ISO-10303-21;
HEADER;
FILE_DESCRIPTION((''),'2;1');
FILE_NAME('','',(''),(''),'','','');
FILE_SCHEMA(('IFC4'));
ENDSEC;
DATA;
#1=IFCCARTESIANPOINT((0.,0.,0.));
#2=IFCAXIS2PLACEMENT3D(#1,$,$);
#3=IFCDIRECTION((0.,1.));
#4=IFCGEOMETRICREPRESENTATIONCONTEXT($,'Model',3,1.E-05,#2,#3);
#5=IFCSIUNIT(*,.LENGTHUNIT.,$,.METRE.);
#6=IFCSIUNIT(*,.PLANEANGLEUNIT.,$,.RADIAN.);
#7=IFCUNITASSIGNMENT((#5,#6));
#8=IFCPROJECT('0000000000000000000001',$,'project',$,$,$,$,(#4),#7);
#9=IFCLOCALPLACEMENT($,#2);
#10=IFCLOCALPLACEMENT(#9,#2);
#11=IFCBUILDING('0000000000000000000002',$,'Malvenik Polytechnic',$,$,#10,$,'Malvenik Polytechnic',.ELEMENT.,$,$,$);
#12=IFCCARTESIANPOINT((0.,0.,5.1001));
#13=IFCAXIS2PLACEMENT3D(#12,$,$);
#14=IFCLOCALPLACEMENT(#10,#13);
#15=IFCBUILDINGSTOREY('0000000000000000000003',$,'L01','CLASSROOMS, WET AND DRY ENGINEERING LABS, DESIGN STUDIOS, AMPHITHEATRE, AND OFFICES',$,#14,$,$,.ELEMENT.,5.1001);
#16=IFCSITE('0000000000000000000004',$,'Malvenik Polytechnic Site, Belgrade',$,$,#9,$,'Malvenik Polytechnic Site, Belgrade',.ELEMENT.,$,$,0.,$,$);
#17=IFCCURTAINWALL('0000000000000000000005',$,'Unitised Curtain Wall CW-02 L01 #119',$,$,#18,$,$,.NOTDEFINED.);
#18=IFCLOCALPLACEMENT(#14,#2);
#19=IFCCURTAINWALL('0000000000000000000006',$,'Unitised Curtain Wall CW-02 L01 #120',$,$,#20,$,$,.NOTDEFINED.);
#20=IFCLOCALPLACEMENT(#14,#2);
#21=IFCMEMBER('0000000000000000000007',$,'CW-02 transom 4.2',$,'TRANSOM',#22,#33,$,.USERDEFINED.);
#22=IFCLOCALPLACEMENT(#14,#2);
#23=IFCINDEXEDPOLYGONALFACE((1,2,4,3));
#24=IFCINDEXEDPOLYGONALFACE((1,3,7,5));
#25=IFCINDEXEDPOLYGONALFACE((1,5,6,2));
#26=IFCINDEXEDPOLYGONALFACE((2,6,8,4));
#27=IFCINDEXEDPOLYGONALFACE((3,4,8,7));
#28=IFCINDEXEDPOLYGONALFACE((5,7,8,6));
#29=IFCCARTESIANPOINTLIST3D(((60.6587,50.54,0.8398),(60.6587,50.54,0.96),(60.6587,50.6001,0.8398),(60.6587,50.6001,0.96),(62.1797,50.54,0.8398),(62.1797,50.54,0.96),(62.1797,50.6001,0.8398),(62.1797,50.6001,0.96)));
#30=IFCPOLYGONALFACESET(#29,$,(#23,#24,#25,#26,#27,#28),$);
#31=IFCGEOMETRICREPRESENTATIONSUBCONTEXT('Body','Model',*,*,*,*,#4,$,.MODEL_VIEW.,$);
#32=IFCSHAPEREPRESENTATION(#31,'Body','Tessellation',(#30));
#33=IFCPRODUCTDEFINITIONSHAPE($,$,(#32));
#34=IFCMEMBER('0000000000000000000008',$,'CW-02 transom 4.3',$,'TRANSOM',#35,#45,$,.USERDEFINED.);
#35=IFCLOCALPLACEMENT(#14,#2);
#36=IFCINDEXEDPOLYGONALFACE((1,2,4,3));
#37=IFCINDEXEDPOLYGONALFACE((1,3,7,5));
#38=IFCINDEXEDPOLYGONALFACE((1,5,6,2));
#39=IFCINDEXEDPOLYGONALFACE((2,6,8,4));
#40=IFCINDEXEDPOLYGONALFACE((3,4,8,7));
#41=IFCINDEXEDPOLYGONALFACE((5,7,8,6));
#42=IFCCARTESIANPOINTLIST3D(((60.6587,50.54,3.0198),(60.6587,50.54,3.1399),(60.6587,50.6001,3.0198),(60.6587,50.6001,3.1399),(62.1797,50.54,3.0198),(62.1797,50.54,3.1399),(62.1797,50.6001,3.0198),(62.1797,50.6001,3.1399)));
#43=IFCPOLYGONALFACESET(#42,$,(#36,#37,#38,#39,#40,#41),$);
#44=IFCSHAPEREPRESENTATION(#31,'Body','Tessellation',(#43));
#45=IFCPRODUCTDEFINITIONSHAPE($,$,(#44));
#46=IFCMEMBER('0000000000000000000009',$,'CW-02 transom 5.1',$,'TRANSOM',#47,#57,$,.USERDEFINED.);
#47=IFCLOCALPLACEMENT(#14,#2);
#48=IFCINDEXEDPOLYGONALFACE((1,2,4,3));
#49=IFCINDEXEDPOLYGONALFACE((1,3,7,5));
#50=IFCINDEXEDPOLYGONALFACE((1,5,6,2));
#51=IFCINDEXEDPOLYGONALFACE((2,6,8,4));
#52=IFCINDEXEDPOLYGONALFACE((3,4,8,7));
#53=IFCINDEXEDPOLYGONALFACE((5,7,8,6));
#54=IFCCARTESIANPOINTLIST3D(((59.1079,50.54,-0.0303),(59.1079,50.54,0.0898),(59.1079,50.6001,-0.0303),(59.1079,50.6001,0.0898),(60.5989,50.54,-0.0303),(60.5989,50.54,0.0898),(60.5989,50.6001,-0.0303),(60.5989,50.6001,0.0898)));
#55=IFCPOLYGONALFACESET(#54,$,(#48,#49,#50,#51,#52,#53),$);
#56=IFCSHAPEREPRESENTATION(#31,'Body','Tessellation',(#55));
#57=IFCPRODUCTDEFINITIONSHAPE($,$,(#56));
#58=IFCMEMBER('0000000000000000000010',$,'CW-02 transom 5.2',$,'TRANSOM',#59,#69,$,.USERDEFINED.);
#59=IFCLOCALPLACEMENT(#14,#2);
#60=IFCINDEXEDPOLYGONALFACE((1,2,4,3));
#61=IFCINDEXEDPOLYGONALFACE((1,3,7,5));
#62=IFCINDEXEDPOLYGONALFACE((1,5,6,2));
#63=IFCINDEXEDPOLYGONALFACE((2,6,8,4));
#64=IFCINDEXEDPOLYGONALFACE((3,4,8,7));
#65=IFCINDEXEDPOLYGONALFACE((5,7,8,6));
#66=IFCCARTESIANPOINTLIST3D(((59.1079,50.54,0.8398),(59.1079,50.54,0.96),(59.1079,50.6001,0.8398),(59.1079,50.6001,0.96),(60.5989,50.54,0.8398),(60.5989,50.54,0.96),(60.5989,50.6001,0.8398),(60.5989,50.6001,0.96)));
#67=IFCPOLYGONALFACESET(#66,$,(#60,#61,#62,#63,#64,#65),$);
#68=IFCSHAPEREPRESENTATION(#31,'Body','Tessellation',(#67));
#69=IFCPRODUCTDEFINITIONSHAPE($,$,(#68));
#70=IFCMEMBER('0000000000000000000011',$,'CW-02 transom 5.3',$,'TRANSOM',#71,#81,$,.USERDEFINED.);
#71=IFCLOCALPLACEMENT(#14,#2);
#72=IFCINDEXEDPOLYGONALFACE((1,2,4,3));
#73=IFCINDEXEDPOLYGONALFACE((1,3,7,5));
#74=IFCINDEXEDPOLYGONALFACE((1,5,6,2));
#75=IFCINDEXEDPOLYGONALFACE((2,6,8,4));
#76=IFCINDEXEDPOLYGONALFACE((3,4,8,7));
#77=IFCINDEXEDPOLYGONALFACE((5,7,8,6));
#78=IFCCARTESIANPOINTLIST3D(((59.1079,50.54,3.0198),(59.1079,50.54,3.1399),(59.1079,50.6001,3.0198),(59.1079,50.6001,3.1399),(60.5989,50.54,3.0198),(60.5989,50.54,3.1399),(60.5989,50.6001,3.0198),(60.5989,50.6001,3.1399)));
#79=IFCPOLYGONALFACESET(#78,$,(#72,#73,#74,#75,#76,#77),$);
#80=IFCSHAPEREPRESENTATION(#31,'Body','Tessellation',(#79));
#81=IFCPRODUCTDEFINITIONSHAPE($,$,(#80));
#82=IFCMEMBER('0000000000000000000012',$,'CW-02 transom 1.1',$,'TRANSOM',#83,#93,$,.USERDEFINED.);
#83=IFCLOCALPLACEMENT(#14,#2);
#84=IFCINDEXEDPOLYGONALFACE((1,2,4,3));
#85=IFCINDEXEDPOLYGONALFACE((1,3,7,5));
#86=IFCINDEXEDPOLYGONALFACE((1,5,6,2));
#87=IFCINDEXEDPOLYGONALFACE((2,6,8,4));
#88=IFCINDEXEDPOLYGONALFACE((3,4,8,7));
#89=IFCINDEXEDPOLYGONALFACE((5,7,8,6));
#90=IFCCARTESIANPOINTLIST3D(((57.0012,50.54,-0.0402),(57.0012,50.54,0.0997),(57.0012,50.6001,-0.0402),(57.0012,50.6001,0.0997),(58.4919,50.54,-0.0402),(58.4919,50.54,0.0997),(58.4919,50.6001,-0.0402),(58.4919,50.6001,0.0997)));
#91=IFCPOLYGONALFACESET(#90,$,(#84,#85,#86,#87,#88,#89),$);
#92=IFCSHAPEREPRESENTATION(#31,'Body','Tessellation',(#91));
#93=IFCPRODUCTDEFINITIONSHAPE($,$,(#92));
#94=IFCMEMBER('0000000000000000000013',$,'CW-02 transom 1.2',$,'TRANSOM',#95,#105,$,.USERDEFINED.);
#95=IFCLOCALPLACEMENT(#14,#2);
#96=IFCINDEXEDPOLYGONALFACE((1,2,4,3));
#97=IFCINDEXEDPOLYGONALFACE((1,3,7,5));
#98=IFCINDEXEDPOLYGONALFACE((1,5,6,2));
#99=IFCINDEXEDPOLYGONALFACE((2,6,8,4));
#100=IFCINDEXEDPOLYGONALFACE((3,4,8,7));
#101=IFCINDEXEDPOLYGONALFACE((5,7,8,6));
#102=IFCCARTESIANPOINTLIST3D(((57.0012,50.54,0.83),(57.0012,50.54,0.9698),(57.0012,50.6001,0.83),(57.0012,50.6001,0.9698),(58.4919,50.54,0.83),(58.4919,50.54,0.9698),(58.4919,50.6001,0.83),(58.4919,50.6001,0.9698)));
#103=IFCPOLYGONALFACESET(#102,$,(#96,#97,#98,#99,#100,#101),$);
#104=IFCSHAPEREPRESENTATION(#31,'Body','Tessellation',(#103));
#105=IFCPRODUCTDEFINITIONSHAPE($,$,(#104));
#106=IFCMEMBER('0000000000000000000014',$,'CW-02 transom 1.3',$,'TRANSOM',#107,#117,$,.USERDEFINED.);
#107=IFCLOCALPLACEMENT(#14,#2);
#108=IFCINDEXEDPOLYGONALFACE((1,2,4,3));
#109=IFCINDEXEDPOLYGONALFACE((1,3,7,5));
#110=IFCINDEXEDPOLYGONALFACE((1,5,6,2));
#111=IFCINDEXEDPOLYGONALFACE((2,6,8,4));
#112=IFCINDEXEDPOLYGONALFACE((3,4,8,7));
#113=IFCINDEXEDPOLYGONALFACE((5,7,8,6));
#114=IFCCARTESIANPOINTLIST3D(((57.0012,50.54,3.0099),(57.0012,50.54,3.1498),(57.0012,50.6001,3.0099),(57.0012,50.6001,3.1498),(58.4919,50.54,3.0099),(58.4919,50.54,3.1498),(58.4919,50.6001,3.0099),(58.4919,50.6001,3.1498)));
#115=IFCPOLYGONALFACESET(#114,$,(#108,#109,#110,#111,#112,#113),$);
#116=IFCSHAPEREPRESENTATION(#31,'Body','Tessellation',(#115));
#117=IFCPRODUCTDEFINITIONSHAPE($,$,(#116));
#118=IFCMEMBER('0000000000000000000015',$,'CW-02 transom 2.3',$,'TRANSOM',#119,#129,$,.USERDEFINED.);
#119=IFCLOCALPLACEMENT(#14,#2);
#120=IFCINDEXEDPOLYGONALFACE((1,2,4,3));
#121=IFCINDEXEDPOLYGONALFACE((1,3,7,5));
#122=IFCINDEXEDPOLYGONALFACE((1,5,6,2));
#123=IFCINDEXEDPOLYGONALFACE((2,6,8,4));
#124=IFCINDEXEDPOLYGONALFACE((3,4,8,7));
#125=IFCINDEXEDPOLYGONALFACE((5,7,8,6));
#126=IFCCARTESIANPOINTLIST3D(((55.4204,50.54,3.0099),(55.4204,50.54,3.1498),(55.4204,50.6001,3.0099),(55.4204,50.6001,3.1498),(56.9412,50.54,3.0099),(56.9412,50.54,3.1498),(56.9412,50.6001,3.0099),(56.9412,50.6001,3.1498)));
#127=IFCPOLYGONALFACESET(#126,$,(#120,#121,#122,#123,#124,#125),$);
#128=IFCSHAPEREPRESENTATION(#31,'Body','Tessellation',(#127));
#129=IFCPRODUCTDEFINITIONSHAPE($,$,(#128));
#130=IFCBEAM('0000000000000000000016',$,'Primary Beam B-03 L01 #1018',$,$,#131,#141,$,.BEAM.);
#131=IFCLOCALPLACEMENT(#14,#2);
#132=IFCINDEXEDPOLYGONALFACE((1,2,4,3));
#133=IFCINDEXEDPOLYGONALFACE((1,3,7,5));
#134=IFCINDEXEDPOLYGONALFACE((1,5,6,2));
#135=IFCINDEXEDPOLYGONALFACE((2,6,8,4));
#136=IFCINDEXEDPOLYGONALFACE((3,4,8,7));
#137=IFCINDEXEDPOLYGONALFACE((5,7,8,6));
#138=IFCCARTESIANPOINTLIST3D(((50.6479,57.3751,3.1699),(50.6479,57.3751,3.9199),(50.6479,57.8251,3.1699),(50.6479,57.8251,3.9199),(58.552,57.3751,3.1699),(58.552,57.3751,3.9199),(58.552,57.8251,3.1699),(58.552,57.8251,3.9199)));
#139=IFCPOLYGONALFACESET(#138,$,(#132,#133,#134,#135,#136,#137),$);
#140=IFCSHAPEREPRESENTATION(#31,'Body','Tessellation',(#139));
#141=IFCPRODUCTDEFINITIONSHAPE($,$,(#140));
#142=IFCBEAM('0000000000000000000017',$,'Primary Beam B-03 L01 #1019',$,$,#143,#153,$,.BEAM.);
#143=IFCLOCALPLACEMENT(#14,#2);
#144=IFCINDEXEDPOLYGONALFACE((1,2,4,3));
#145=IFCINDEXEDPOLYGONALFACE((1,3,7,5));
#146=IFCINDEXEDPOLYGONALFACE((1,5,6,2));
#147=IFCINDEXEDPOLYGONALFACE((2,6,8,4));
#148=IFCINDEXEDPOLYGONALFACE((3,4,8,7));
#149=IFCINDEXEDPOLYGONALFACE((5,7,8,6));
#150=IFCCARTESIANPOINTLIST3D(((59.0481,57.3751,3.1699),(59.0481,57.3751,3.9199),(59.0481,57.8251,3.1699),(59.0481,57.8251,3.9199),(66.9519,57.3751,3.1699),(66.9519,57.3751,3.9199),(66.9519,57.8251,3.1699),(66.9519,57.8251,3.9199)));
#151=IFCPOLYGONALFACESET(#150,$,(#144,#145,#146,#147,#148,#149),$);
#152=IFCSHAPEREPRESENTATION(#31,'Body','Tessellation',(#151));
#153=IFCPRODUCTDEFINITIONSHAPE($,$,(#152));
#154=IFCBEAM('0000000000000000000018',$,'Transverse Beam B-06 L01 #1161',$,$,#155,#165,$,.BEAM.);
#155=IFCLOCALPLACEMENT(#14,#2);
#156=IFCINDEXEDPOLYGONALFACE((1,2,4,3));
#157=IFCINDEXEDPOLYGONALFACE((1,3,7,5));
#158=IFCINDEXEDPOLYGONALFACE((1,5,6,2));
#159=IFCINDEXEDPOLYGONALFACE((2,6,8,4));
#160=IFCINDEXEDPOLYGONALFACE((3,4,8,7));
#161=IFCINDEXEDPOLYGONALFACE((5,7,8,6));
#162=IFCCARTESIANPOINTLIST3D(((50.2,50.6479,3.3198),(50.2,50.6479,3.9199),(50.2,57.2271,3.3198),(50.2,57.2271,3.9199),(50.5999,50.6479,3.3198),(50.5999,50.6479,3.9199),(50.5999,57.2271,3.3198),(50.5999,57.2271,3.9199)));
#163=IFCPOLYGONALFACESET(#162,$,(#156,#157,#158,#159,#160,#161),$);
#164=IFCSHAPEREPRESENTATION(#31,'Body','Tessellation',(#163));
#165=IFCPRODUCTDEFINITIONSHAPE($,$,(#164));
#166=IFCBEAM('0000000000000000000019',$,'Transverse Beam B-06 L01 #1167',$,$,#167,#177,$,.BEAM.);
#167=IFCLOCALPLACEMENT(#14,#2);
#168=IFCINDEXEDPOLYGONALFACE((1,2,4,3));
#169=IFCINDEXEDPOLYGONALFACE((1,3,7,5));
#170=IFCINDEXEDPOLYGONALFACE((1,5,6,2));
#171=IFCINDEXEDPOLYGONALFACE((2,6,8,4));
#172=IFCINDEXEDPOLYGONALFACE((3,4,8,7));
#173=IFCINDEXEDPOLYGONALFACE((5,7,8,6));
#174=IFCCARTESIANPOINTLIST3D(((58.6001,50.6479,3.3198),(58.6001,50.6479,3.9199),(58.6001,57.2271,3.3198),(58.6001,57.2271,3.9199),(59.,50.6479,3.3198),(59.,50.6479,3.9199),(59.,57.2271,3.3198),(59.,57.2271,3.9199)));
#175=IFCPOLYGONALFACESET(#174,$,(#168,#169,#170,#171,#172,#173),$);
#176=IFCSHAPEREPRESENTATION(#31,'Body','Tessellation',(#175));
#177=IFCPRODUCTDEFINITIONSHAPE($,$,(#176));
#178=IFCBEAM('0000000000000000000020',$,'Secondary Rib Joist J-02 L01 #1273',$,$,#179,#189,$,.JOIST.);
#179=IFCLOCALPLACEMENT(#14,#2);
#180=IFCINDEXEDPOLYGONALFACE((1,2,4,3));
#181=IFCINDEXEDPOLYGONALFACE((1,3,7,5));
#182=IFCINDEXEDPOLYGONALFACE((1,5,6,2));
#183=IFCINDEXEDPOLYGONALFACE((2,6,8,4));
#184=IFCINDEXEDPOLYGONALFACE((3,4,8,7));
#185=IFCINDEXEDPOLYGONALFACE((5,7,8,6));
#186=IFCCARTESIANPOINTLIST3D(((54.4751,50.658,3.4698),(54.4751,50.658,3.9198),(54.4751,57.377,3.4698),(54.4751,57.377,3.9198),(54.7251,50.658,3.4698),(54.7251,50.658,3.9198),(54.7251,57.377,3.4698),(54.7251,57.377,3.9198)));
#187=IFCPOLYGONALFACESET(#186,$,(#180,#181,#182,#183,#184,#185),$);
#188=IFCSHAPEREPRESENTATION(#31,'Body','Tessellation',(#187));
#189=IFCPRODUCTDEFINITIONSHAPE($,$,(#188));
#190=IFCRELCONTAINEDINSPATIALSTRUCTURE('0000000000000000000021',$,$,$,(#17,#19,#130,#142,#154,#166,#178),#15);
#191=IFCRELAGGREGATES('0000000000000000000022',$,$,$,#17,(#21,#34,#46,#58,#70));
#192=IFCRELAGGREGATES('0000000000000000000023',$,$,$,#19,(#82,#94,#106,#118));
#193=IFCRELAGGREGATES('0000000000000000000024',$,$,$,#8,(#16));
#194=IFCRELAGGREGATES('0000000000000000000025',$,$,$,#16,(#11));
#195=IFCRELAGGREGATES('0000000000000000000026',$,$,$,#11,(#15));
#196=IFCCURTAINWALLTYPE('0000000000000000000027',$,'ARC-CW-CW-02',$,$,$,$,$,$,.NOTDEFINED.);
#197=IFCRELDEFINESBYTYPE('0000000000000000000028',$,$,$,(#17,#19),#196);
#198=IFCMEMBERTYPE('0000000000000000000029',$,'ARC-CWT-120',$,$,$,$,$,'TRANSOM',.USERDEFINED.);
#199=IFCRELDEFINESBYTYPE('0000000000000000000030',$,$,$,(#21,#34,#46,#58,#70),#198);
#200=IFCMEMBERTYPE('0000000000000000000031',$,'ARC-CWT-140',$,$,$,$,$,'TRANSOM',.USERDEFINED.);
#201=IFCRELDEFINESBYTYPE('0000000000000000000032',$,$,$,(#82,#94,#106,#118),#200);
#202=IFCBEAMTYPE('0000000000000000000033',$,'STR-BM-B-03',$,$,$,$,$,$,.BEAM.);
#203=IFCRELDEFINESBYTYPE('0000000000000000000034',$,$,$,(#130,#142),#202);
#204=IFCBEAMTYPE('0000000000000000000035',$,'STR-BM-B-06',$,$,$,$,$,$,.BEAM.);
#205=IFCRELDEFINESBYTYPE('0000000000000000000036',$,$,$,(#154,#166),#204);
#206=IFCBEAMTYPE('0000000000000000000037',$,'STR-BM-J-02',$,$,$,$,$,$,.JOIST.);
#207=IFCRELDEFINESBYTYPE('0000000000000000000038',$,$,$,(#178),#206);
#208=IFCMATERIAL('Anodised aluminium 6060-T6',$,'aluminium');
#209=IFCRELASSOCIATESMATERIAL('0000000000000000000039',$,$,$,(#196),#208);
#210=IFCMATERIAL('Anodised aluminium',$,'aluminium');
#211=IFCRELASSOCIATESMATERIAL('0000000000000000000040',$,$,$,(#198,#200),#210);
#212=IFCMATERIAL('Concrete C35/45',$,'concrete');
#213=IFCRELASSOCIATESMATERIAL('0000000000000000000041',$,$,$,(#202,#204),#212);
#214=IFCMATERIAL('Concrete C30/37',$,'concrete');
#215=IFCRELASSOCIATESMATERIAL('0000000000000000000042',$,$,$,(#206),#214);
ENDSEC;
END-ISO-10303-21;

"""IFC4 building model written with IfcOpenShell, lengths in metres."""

from ifc_helpers import new_model, si_unit, direction, frame, origin, origin_2d, place, context, subcontext, project, spatial, rectangle, extrude, material, material_profile, profile_set, type_object, element, aggregate, save


model = new_model("IFC4")

# Units and contexts
model_context = context("Model", 3, precision=1e-05, world=origin(), true_north=direction((0.0, 1.0)))
body_context = subcontext(model_context, "Body", "Model", "MODEL_VIEW")
ifc_project = project(units=[si_unit("LENGTHUNIT", "METRE"), si_unit("PLANEANGLEUNIT", "RADIAN")], contexts=[model_context])

# Site, building, storey
site_placement = place(None, origin())
site = spatial("IfcSite", under=ifc_project, at=site_placement, Name="Malvenik Polytechnic Site, Belgrade", LongName="Malvenik Polytechnic Site, Belgrade", CompositionType="ELEMENT", RefElevation=0.0)
building_placement = place(site_placement, origin())
building = spatial("IfcBuilding", under=site, at=building_placement, Name="Malvenik Polytechnic", LongName="Malvenik Polytechnic", CompositionType="ELEMENT")
storey_placement = place(building_placement, frame((0.0, 0.0, 5.1001)))
storey = spatial("IfcBuildingStorey", under=building, at=storey_placement, Name="L01", Description="CLASSROOMS, WET AND DRY ENGINEERING LABS, DESIGN STUDIOS, AMPHITHEATRE, AND OFFICES", CompositionType="ELEMENT", Elevation=5.1001)

# Shared definitions
ifc_material_1 = material(Name="Concrete C35/45", Category="concrete")

# Curtain walls
ifc_material_2 = material(Name="Anodised aluminium 6060-T6", Category="aluminium")
curtain_wall_type = type_object("IfcCurtainWallType", Name="ARC-CW-CW-02", PredefinedType="NOTDEFINED", material=ifc_material_2)
curtain_wall_1_placement = place(storey_placement, origin())
curtain_wall_1 = element("IfcCurtainWall", 1, at=curtain_wall_1_placement, inside=storey, type_object=curtain_wall_type, Name="Unitised Curtain Wall CW-02 L01 #119", PredefinedType="NOTDEFINED")
ifc_material_3 = material(Name="Anodised aluminium", Category="aluminium")
curtain_wall_2_placement = place(storey_placement, origin())
curtain_wall_2 = element("IfcCurtainWall", 2, at=curtain_wall_2_placement, inside=storey, type_object=curtain_wall_type, Name="Unitised Curtain Wall CW-02 L01 #120", PredefinedType="NOTDEFINED")

# Members
ifc_material_profile_1 = material_profile(ifc_material_3, rectangle(XDim=0.0601, YDim=0.1201, at=origin_2d()), Name="ALU TRANSOM 60x120")
ifc_profile_set_1 = profile_set([ifc_material_profile_1], Name="Anodised aluminium")
member_type_1 = type_object("IfcMemberType", Name="ARC-CWT-120", ElementType="TRANSOM", PredefinedType="USERDEFINED", material=ifc_profile_set_1)
member_1_placement = place(storey_placement, frame((62.1797, 50.5701, 0.8999), z_axis=(-1.0, 0.0, 0.0), x_axis=(0.0, -1.0, 0.0)))
member_1 = element("IfcMember", 3, at=member_1_placement, type_object=member_type_1, Name="CW-02 transom 4.2", ObjectType="TRANSOM", PredefinedType="USERDEFINED", context=body_context, shape_type="SweptSolid", body=[
    extrude(rectangle(XDim=0.0601, YDim=0.1201, at=origin_2d()), origin(), (0.0, 0.0, 1.0), 1.521),
])
member_2_placement = place(storey_placement, frame((62.1797, 50.5701, 3.0798), z_axis=(-1.0, 0.0, 0.0), x_axis=(0.0, -1.0, 0.0)))
member_2 = element("IfcMember", 4, at=member_2_placement, type_object=member_type_1, Name="CW-02 transom 4.3", ObjectType="TRANSOM", PredefinedType="USERDEFINED", context=body_context, shape_type="SweptSolid", body=[
    extrude(rectangle(XDim=0.0601, YDim=0.1201, at=origin_2d()), origin(), (0.0, 0.0, 1.0), 1.521),
])
member_3_placement = place(storey_placement, frame((60.5989, 50.5701, 0.0298), z_axis=(-1.0, 0.0, 0.0), x_axis=(0.0, -1.0, 0.0)))
member_3 = element("IfcMember", 5, at=member_3_placement, type_object=member_type_1, Name="CW-02 transom 5.1", ObjectType="TRANSOM", PredefinedType="USERDEFINED", context=body_context, shape_type="SweptSolid", body=[
    extrude(rectangle(XDim=0.0601, YDim=0.1201, at=origin_2d()), origin(), (0.0, 0.0, 1.0), 1.491),
])
member_4_placement = place(storey_placement, frame((60.5989, 50.5701, 0.8999), z_axis=(-1.0, 0.0, 0.0), x_axis=(0.0, -1.0, 0.0)))
member_4 = element("IfcMember", 6, at=member_4_placement, type_object=member_type_1, Name="CW-02 transom 5.2", ObjectType="TRANSOM", PredefinedType="USERDEFINED", context=body_context, shape_type="SweptSolid", body=[
    extrude(rectangle(XDim=0.0601, YDim=0.1201, at=origin_2d()), origin(), (0.0, 0.0, 1.0), 1.491),
])
member_5_placement = place(storey_placement, frame((60.5989, 50.5701, 3.0798), z_axis=(-1.0, 0.0, 0.0), x_axis=(0.0, -1.0, 0.0)))
member_5 = element("IfcMember", 7, at=member_5_placement, type_object=member_type_1, Name="CW-02 transom 5.3", ObjectType="TRANSOM", PredefinedType="USERDEFINED", context=body_context, shape_type="SweptSolid", body=[
    extrude(rectangle(XDim=0.0601, YDim=0.1201, at=origin_2d()), origin(), (0.0, 0.0, 1.0), 1.491),
])
ifc_material_profile_2 = material_profile(ifc_material_3, rectangle(XDim=0.0601, YDim=0.1399, at=origin_2d()), Name="ALU TRANSOM 60x140")
ifc_profile_set_2 = profile_set([ifc_material_profile_2], Name="Anodised aluminium")
member_type_2 = type_object("IfcMemberType", Name="ARC-CWT-140", ElementType="TRANSOM", PredefinedType="USERDEFINED", material=ifc_profile_set_2)
member_6_placement = place(storey_placement, frame((58.4919, 50.5701, 0.0298), z_axis=(-1.0, 0.0, 0.0), x_axis=(0.0, -1.0, 0.0)))
member_6 = element("IfcMember", 8, at=member_6_placement, type_object=member_type_2, Name="CW-02 transom 1.1", ObjectType="TRANSOM", PredefinedType="USERDEFINED", context=body_context, shape_type="SweptSolid", body=[
    extrude(rectangle(XDim=0.0601, YDim=0.1399, at=origin_2d()), origin(), (0.0, 0.0, 1.0), 1.4907),
])
member_7_placement = place(storey_placement, frame((58.4919, 50.5701, 0.8999), z_axis=(-1.0, 0.0, 0.0), x_axis=(0.0, -1.0, 0.0)))
member_7 = element("IfcMember", 9, at=member_7_placement, type_object=member_type_2, Name="CW-02 transom 1.2", ObjectType="TRANSOM", PredefinedType="USERDEFINED", context=body_context, shape_type="SweptSolid", body=[
    extrude(rectangle(XDim=0.0601, YDim=0.1399, at=origin_2d()), origin(), (0.0, 0.0, 1.0), 1.4907),
])
member_8_placement = place(storey_placement, frame((58.4919, 50.5701, 3.0798), z_axis=(-1.0, 0.0, 0.0), x_axis=(0.0, -1.0, 0.0)))
member_8 = element("IfcMember", 10, at=member_8_placement, type_object=member_type_2, Name="CW-02 transom 1.3", ObjectType="TRANSOM", PredefinedType="USERDEFINED", context=body_context, shape_type="SweptSolid", body=[
    extrude(rectangle(XDim=0.0601, YDim=0.1399, at=origin_2d()), origin(), (0.0, 0.0, 1.0), 1.4907),
])
member_9_placement = place(storey_placement, frame((56.9412, 50.5701, 3.0798), z_axis=(-1.0, 0.0, 0.0), x_axis=(0.0, -1.0, 0.0)))
member_9 = element("IfcMember", 11, at=member_9_placement, type_object=member_type_2, Name="CW-02 transom 2.3", ObjectType="TRANSOM", PredefinedType="USERDEFINED", context=body_context, shape_type="SweptSolid", body=[
    extrude(rectangle(XDim=0.0601, YDim=0.1399, at=origin_2d()), origin(), (0.0, 0.0, 1.0), 1.5208),
])

# Beams
ifc_material_profile_3 = material_profile(ifc_material_1, rectangle(XDim=0.45, YDim=0.75, at=origin_2d()), Name="RC BM 450x750")
ifc_profile_set_3 = profile_set([ifc_material_profile_3], Name="Concrete C35/45")
beam_type_1 = type_object("IfcBeamType", Name="STR-BM-B-03", PredefinedType="BEAM", material=ifc_profile_set_3)
beam_1_placement = place(storey_placement, frame((50.6479, 57.6001, 3.5449), z_axis=(1.0, 0.0, 0.0), x_axis=(0.0, 1.0, 0.0)))
element("IfcBeam", 12, at=beam_1_placement, inside=storey, type_object=beam_type_1, Name="Primary Beam B-03 L01 #1018", PredefinedType="BEAM", context=body_context, shape_type="SweptSolid", body=[
    extrude(rectangle(XDim=0.45, YDim=0.75, at=origin_2d()), origin(), (0.0, 0.0, 1.0), 7.9041),
])
beam_2_placement = place(storey_placement, frame((59.0481, 57.6001, 3.5449), z_axis=(1.0, 0.0, 0.0), x_axis=(0.0, 1.0, 0.0)))
element("IfcBeam", 13, at=beam_2_placement, inside=storey, type_object=beam_type_1, Name="Primary Beam B-03 L01 #1019", PredefinedType="BEAM", context=body_context, shape_type="SweptSolid", body=[
    extrude(rectangle(XDim=0.45, YDim=0.75, at=origin_2d()), origin(), (0.0, 0.0, 1.0), 7.9038),
])
ifc_material_profile_4 = material_profile(ifc_material_1, rectangle(XDim=0.3999, YDim=0.6001, at=origin_2d()), Name="RC BM 400x600")
ifc_profile_set_4 = profile_set([ifc_material_profile_4], Name="Concrete C35/45")
beam_type_2 = type_object("IfcBeamType", Name="STR-BM-B-06", PredefinedType="BEAM", material=ifc_profile_set_4)
for number, where, z_axis, x_axis, name in (
    (14, (50.3999, 50.6479, 3.6199), (0.0, 1.0, 0.0), (-1.0, 0.0, 0.0), "Transverse Beam B-06 L01 #1161"),
    (15, (58.8, 50.6479, 3.6199), (0.0, 1.0, 0.0), (-1.0, 0.0, 0.0), "Transverse Beam B-06 L01 #1167"),
):
    element("IfcBeam", number, at=place(storey_placement, frame(where, z_axis=z_axis, x_axis=x_axis)), inside=storey, type_object=beam_type_2, Name=name, PredefinedType="BEAM", context=body_context, shape_type="SweptSolid", body=[
        extrude(rectangle(XDim=0.3999, YDim=0.6001, at=origin_2d()), origin(), (0.0, 0.0, 1.0), 6.5791),
    ])
ifc_material_4 = material(Name="Concrete C30/37", Category="concrete")
ifc_material_profile_5 = material_profile(ifc_material_4, rectangle(XDim=0.25, YDim=0.45, at=origin_2d()), Name="RC JST 250x450")
ifc_profile_set_5 = profile_set([ifc_material_profile_5], Name="Concrete C30/37")
beam_type_3 = type_object("IfcBeamType", Name="STR-BM-J-02", PredefinedType="JOIST", material=ifc_profile_set_5)
for number, where, z_axis, x_axis, name in (
    (16, (54.6001, 50.658, 3.6948), (0.0, 1.0, 0.0), (-1.0, 0.0, 0.0), "Secondary Rib Joist J-02 L01 #1273"),
):
    element("IfcBeam", number, at=place(storey_placement, frame(where, z_axis=z_axis, x_axis=x_axis)), inside=storey, type_object=beam_type_3, Name=name, PredefinedType="JOIST", context=body_context, shape_type="SweptSolid", body=[
        extrude(rectangle(XDim=0.25, YDim=0.45, at=origin_2d()), origin(), (0.0, 0.0, 1.0), 6.719),
    ])

aggregate(curtain_wall_1, [member_1, member_2, member_3, member_4, member_5])
aggregate(curtain_wall_2, [member_6, member_7, member_8, member_9])

save(model, "model.ifc")
